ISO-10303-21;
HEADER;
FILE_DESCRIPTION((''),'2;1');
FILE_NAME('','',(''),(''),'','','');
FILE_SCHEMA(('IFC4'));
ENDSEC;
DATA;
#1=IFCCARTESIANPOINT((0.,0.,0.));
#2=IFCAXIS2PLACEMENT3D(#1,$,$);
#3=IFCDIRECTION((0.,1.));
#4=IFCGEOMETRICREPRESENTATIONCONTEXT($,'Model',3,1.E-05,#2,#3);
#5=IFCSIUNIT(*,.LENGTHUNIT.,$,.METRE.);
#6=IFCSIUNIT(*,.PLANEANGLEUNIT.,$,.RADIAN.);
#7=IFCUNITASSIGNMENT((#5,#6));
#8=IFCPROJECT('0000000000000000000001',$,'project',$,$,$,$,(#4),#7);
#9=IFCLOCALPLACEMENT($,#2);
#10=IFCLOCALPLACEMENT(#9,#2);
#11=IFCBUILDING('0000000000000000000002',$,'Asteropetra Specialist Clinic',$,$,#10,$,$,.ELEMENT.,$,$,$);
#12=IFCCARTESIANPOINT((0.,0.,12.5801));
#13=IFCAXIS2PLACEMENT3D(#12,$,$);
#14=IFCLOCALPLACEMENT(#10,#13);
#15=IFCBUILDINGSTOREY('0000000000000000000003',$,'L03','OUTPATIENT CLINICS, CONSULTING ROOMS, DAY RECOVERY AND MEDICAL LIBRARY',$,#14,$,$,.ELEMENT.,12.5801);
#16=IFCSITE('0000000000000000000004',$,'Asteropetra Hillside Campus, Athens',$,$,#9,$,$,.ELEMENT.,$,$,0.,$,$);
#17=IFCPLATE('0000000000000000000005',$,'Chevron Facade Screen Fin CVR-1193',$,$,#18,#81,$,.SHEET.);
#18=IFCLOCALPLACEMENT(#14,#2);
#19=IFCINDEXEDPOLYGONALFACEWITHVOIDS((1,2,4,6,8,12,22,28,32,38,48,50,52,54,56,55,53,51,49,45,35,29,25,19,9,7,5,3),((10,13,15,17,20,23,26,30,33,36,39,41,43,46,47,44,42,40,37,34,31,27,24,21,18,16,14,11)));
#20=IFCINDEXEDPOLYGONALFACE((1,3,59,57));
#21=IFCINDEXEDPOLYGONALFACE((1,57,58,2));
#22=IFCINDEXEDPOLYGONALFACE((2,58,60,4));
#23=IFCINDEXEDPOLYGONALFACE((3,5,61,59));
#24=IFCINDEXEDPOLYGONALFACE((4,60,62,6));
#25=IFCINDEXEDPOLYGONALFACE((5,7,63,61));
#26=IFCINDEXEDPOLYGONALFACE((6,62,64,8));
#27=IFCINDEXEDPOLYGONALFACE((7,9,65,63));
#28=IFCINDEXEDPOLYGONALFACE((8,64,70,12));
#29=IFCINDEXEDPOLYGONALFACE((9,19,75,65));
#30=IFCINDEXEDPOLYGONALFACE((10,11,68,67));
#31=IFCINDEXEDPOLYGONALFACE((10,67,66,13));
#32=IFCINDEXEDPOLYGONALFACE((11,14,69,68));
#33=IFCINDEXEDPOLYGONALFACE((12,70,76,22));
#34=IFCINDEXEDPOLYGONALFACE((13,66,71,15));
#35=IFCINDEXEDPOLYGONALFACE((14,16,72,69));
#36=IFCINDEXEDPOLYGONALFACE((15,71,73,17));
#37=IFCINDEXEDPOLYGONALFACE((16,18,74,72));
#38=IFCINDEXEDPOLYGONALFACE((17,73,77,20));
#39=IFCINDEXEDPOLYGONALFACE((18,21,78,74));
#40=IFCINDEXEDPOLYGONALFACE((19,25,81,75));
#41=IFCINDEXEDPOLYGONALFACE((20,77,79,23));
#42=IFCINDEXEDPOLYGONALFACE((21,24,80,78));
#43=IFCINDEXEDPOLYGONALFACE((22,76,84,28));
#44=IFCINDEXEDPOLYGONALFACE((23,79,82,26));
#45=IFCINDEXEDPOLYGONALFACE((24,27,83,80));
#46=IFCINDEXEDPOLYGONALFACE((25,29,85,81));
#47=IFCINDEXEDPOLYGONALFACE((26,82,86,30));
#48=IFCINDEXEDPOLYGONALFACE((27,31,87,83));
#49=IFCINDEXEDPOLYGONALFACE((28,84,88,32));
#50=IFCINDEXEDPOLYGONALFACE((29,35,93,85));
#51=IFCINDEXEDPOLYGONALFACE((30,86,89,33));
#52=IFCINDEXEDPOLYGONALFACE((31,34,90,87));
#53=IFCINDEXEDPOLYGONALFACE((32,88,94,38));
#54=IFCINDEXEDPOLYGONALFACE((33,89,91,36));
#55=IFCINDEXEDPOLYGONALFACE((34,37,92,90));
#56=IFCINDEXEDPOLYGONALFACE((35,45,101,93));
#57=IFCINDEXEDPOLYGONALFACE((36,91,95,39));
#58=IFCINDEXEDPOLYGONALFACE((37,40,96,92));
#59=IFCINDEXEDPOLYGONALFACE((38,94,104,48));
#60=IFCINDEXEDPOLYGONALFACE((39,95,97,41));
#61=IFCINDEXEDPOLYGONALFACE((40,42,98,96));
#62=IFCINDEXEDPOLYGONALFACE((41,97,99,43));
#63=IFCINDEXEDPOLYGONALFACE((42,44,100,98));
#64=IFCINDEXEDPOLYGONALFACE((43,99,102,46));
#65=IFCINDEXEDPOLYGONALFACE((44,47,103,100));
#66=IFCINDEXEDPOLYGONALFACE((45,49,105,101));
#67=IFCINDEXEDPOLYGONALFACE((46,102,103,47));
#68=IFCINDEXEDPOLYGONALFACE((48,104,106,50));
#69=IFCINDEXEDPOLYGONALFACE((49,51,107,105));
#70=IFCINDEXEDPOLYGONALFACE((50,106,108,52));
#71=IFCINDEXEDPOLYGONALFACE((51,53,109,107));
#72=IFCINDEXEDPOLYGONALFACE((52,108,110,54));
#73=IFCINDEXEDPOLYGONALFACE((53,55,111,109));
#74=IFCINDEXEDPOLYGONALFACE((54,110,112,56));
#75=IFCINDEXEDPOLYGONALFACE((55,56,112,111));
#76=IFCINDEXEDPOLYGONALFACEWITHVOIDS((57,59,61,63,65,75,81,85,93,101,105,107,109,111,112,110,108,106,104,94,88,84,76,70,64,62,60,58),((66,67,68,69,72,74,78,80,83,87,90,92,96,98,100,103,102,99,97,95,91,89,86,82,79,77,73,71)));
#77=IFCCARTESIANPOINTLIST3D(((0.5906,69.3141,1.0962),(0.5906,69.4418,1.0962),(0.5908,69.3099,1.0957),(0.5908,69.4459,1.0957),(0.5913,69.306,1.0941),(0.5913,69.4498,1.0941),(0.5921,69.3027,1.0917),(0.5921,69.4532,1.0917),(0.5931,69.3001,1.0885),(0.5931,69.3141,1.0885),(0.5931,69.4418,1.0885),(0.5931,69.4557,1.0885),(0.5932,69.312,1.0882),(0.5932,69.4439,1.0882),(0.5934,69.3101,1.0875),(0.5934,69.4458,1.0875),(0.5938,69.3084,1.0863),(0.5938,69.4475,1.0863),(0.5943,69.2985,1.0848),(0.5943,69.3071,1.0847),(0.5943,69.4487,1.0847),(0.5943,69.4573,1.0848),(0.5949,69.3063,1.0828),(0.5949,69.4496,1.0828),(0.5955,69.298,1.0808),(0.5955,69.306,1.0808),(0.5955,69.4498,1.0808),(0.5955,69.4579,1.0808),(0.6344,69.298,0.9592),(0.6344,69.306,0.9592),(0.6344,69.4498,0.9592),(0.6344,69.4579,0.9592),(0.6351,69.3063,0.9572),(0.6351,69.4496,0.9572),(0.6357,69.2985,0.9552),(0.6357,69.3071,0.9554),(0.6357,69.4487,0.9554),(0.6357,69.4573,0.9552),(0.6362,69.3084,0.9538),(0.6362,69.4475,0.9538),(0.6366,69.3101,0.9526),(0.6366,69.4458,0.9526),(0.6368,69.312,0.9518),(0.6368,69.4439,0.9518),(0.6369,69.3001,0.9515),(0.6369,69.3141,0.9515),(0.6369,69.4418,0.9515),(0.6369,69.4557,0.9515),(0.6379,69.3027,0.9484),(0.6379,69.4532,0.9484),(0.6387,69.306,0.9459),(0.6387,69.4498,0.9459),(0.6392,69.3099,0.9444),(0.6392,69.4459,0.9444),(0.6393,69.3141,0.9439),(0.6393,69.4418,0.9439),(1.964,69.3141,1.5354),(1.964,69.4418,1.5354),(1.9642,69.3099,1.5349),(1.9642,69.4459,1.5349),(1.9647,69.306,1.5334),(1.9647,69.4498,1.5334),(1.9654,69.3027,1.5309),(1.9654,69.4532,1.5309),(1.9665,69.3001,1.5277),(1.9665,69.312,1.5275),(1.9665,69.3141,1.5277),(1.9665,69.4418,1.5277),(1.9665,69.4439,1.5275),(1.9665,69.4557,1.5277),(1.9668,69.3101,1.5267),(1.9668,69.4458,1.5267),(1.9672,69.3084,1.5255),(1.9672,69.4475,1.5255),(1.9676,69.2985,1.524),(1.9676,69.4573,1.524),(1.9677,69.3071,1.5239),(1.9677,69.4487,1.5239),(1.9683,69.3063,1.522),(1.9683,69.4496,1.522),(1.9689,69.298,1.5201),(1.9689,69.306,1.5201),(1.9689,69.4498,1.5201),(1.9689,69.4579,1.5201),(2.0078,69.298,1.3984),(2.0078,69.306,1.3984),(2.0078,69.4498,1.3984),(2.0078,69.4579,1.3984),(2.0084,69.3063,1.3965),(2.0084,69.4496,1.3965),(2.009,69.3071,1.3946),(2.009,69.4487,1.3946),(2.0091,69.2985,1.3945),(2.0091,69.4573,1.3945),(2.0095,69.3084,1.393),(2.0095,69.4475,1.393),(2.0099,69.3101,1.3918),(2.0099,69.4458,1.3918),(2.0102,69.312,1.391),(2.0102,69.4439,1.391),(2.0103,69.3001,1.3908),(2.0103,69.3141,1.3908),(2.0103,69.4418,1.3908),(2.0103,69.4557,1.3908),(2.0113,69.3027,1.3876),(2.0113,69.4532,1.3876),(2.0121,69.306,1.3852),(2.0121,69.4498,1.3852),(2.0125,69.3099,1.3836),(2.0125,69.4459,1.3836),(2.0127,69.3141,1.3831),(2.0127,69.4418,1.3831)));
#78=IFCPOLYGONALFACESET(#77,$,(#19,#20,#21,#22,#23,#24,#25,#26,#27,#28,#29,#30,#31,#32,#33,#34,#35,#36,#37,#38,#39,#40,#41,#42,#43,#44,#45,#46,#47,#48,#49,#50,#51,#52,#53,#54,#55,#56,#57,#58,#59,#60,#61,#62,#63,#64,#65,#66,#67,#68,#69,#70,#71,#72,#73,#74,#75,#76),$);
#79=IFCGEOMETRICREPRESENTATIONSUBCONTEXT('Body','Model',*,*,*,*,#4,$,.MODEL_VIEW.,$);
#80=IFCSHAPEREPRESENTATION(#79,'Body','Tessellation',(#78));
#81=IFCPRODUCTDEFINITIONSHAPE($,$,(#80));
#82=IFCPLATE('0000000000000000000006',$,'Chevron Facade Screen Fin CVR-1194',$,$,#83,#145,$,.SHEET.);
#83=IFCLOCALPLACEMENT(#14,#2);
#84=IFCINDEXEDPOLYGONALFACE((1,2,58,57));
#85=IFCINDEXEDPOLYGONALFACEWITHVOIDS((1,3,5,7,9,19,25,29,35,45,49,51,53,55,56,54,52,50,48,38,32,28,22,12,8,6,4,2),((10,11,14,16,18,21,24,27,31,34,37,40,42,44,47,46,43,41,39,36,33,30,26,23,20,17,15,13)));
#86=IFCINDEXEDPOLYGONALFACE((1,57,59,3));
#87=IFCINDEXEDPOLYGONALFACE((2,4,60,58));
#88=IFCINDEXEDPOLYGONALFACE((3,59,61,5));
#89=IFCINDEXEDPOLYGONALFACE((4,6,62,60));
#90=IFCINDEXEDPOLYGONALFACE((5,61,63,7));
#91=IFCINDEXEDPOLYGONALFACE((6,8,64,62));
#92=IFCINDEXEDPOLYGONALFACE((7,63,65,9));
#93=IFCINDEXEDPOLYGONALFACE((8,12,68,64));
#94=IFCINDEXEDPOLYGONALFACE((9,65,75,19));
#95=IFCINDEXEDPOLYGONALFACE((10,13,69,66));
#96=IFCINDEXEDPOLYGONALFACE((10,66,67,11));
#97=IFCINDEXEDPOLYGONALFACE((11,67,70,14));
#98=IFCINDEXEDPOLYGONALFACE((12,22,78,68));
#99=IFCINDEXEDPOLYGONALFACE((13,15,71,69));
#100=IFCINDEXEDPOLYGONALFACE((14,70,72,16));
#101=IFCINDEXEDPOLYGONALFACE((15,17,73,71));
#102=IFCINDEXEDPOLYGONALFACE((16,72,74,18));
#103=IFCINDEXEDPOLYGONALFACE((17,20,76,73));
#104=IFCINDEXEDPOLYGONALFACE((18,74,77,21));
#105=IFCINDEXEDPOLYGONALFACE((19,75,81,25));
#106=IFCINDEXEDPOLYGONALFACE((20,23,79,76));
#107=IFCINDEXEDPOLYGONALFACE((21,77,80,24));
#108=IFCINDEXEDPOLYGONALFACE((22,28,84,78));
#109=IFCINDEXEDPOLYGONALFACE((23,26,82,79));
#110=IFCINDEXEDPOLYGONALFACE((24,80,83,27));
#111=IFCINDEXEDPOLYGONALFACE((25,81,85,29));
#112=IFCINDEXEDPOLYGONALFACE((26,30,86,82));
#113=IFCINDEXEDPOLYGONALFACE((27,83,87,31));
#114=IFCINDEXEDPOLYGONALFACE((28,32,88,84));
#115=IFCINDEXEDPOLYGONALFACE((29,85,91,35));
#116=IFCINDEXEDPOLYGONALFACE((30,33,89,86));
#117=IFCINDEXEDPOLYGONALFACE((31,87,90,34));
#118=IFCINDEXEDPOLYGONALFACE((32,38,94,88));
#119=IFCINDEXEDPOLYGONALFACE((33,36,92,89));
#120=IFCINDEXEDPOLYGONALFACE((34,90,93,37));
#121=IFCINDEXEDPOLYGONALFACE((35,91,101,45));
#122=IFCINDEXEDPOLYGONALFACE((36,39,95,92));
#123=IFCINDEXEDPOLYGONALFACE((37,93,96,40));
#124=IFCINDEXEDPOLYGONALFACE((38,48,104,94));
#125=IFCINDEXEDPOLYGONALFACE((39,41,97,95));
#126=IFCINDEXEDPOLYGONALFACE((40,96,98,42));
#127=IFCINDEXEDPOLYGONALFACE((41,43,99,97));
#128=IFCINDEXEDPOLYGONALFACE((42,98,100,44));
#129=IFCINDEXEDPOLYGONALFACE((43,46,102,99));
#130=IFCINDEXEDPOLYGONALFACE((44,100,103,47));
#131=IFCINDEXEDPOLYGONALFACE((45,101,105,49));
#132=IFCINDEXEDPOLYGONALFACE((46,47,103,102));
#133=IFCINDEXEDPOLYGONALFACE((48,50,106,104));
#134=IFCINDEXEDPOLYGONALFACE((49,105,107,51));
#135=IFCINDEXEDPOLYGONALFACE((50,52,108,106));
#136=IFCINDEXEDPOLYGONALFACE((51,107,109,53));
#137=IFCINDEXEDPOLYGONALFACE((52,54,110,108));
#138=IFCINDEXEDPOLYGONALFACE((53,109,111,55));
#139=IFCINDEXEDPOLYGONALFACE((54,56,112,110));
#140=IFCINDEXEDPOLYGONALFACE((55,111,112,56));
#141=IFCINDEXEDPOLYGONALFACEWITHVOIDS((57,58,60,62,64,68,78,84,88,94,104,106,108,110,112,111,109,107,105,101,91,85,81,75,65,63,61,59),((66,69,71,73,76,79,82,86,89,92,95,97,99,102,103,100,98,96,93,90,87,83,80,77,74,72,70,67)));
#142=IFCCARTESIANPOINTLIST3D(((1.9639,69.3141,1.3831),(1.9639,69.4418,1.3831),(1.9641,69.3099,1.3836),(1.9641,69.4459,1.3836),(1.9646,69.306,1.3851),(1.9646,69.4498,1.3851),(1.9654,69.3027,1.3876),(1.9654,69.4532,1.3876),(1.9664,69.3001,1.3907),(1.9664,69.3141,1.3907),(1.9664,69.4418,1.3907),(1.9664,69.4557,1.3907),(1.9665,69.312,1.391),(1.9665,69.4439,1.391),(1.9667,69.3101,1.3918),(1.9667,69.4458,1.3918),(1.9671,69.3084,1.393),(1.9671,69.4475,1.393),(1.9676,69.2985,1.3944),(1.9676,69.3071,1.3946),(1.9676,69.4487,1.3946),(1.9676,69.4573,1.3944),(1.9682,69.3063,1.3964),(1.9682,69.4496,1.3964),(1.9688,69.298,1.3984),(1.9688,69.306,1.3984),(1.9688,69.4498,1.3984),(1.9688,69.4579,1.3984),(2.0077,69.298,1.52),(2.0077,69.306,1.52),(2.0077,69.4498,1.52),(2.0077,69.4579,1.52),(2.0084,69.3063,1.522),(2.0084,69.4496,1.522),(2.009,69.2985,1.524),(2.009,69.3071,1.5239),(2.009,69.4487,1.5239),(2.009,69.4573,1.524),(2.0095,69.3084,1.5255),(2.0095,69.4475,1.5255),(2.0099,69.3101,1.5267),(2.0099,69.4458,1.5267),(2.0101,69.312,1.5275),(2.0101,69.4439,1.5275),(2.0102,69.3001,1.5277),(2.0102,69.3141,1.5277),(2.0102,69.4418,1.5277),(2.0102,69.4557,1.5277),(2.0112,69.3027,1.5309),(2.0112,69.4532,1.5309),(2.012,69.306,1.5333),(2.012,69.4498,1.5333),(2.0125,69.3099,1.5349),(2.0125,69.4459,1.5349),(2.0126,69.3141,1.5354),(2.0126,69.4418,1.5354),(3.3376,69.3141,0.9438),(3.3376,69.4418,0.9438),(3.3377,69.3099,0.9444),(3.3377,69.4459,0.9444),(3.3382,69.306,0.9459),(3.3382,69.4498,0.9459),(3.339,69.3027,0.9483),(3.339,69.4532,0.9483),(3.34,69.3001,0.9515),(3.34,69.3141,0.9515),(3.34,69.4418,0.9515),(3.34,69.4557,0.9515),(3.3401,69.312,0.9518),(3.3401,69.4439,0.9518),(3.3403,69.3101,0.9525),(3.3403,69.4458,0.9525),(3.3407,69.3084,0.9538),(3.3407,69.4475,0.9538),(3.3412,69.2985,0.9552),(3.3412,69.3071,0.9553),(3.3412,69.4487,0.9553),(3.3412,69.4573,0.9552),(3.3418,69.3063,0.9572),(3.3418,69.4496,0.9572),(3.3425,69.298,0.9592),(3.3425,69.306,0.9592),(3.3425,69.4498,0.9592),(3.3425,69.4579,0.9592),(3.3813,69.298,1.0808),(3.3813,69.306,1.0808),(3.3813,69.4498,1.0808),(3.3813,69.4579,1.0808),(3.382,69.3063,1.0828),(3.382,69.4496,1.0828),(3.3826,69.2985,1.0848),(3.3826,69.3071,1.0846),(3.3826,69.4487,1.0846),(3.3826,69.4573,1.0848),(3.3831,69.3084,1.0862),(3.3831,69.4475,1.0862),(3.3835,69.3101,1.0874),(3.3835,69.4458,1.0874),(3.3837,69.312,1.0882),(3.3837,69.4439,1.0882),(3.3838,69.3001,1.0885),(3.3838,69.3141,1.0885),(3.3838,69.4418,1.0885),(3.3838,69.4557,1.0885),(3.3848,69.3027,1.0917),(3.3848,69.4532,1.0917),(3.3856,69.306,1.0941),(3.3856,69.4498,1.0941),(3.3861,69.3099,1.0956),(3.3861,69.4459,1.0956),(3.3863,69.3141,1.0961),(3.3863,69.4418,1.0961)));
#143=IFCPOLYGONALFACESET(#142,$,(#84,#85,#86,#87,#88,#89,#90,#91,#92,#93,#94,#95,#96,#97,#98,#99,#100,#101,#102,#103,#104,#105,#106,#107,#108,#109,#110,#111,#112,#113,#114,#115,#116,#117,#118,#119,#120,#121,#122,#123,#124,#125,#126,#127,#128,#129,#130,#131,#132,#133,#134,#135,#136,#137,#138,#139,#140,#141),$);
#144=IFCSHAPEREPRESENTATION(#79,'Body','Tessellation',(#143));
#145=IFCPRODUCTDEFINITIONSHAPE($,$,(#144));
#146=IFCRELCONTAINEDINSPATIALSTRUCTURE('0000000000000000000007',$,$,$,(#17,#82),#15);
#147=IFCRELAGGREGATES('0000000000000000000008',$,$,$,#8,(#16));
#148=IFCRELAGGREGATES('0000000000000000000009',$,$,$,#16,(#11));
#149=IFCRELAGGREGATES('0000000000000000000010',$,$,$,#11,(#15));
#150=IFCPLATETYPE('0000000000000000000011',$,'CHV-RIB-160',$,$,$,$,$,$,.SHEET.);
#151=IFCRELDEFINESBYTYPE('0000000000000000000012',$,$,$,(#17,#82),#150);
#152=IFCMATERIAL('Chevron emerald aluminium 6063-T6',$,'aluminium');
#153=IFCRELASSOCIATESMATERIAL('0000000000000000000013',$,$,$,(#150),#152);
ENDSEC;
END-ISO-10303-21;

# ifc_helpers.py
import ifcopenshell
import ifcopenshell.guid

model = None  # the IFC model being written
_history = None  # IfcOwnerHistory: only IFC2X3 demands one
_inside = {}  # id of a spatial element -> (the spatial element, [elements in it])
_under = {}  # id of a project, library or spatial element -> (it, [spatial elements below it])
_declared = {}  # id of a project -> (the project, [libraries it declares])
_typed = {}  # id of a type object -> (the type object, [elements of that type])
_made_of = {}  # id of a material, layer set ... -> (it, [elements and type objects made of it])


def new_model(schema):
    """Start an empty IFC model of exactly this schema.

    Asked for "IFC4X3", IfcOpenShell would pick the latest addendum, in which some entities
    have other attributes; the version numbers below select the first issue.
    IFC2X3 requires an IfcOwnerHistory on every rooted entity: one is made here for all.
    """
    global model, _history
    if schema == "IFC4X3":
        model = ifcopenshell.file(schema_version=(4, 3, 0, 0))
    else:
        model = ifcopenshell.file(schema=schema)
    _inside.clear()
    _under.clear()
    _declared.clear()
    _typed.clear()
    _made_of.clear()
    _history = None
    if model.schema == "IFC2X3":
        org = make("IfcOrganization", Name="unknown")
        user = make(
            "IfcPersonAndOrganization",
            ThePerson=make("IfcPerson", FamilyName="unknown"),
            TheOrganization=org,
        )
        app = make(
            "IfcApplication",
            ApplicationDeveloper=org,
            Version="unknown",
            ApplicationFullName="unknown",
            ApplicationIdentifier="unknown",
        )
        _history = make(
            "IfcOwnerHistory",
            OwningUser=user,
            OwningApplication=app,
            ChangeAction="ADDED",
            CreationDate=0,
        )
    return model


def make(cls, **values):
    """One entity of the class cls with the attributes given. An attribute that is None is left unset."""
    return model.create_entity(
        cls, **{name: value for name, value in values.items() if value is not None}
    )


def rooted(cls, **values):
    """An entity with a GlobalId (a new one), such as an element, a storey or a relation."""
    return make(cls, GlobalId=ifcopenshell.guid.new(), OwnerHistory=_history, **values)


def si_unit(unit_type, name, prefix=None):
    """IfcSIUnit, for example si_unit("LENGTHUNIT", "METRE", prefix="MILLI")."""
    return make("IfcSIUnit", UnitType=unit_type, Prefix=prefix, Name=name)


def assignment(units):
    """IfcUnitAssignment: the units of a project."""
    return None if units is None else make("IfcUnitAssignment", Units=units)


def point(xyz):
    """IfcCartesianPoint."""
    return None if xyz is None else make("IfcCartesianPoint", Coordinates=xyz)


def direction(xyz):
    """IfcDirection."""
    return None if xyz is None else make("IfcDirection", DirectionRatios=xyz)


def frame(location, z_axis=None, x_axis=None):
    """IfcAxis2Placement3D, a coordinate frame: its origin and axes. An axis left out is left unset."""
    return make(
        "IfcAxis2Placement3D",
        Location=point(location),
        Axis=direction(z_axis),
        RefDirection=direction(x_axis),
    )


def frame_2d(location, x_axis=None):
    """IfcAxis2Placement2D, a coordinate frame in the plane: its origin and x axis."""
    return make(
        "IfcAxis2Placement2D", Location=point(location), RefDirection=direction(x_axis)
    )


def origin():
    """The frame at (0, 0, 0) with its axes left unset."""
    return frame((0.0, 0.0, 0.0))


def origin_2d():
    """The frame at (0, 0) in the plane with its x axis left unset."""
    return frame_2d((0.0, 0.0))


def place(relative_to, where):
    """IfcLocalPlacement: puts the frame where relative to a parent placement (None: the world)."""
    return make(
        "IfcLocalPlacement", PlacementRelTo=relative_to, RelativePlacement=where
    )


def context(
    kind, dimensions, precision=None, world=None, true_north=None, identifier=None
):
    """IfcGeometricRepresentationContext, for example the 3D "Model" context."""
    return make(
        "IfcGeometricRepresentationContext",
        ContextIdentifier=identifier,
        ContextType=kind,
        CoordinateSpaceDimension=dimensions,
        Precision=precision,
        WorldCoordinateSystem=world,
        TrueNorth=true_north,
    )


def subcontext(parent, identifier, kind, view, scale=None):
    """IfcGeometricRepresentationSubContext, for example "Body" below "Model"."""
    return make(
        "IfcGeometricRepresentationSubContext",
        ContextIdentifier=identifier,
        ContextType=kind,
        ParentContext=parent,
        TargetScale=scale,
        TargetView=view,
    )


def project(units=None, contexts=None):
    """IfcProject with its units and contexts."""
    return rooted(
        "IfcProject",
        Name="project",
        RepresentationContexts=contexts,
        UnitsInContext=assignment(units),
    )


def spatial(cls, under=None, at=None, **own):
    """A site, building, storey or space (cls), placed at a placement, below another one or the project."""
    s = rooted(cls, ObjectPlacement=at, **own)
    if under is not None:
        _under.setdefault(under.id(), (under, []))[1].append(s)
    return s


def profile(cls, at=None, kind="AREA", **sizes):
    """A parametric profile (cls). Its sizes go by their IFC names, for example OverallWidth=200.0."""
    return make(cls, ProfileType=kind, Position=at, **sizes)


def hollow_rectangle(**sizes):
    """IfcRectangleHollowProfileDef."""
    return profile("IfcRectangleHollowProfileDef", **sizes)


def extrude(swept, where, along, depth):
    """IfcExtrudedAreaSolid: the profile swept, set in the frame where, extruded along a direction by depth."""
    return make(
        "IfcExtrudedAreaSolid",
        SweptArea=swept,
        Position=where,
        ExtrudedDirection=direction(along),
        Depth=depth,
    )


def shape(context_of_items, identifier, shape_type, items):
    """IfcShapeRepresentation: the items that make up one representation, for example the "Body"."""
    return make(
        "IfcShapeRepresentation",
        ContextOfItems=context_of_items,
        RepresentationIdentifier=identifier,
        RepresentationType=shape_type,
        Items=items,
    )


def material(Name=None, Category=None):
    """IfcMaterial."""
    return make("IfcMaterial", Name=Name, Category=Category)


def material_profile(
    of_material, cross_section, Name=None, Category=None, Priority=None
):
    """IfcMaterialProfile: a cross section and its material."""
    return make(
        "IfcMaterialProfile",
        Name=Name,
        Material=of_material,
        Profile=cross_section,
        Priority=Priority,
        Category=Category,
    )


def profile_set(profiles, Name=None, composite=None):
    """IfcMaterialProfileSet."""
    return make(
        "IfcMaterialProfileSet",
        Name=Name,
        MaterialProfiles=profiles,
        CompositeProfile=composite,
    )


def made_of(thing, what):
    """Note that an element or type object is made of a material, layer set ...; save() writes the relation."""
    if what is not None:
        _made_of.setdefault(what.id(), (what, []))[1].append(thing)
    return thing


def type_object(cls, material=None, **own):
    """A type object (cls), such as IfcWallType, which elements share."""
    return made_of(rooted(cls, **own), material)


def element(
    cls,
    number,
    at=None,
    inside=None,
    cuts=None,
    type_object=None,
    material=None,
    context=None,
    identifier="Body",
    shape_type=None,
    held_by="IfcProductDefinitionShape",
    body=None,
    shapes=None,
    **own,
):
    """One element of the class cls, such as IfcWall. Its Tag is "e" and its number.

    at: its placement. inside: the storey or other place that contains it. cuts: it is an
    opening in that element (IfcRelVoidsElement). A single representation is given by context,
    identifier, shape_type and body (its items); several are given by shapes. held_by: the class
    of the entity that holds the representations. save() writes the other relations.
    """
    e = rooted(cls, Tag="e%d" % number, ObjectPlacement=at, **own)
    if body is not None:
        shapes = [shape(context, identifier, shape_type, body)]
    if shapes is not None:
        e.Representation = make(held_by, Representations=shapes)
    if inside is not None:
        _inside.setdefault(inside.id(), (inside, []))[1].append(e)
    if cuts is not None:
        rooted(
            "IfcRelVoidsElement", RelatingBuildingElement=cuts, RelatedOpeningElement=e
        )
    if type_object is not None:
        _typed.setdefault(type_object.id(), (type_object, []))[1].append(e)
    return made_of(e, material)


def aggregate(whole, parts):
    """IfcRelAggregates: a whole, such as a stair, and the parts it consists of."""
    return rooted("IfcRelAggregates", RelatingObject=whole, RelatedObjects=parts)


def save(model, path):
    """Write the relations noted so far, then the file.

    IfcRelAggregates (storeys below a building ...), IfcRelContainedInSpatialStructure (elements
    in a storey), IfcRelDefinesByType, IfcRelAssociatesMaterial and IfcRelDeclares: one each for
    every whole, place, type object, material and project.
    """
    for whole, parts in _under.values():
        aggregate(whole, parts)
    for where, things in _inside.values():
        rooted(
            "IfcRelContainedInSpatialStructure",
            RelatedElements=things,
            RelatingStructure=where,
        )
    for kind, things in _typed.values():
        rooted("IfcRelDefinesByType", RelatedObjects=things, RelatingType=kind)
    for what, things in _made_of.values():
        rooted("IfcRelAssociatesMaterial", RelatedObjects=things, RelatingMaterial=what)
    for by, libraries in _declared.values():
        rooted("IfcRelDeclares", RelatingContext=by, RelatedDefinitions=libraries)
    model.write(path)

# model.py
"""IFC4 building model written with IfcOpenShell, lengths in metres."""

from ifc_helpers import new_model, si_unit, direction, frame, origin, origin_2d, place, context, subcontext, project, spatial, hollow_rectangle, extrude, material, material_profile, profile_set, type_object, element, save


model = new_model("IFC4")

# Units and contexts
model_context = context("Model", 3, precision=1e-05, world=origin(), true_north=direction((0.0, 1.0)))
body_context = subcontext(model_context, "Body", "Model", "MODEL_VIEW")
ifc_project = project(units=[si_unit("LENGTHUNIT", "METRE"), si_unit("PLANEANGLEUNIT", "RADIAN")], contexts=[model_context])

# Site, building, storey
site_placement = place(None, origin())
site = spatial("IfcSite", under=ifc_project, at=site_placement, Name="Asteropetra Hillside Campus, Athens", CompositionType="ELEMENT", RefElevation=0.0)
building_placement = place(site_placement, origin())
building = spatial("IfcBuilding", under=site, at=building_placement, Name="Asteropetra Specialist Clinic", CompositionType="ELEMENT")
storey_placement = place(building_placement, frame((0.0, 0.0, 12.5801)))
storey = spatial("IfcBuildingStorey", under=building, at=storey_placement, Name="L03", Description="OUTPATIENT CLINICS, CONSULTING ROOMS, DAY RECOVERY AND MEDICAL LIBRARY", CompositionType="ELEMENT", Elevation=12.5801)

# Plates
ifc_material_1 = material(Name="Chevron emerald aluminium 6063-T6", Category="aluminium")
ifc_material_profile = material_profile(ifc_material_1, hollow_rectangle(XDim=0.1599, YDim=0.1599, WallThickness=0.0081, InnerFilletRadius=0.0081, OuterFilletRadius=0.0161, at=origin_2d()), Name="SHS 160x160x8.0")
ifc_profile_set = profile_set([ifc_material_profile], Name="Chevron emerald aluminium 6063-T6")
plate_type_1 = type_object("IfcPlateType", Name="CHV-RIB-160", PredefinedType="SHEET", material=ifc_profile_set)
plate_1_placement = place(storey_placement, frame((0.615, 69.3779, 1.02), z_axis=(0.952473, 0.0, 0.304622), x_axis=(0.0, 1.0, 0.0)))
element("IfcPlate", 1, at=plate_1_placement, inside=storey, type_object=plate_type_1, Name="Chevron Facade Screen Fin CVR-1193", PredefinedType="SHEET", context=body_context, shape_type="SweptSolid", body=[
    extrude(hollow_rectangle(XDim=0.1599, YDim=0.1599, WallThickness=0.0081, InnerFilletRadius=0.0081, OuterFilletRadius=0.0161, at=origin_2d()), origin(), (0.0, 0.0, 1.0), 1.4419),
])
plate_2_placement = place(storey_placement, frame((1.9883, 69.3779, 1.4592), z_axis=(0.952489, 0.0, -0.304573), x_axis=(0.0, 1.0, 0.0)))
element("IfcPlate", 2, at=plate_2_placement, inside=storey, type_object=plate_type_1, Name="Chevron Facade Screen Fin CVR-1194", PredefinedType="SHEET", context=body_context, shape_type="SweptSolid", body=[
    extrude(hollow_rectangle(XDim=0.1599, YDim=0.1599, WallThickness=0.0081, InnerFilletRadius=0.0081, OuterFilletRadius=0.0161, at=origin_2d()), origin(), (0.0, 0.0, 1.0), 1.4421),
])

save(model, "model.ifc")
